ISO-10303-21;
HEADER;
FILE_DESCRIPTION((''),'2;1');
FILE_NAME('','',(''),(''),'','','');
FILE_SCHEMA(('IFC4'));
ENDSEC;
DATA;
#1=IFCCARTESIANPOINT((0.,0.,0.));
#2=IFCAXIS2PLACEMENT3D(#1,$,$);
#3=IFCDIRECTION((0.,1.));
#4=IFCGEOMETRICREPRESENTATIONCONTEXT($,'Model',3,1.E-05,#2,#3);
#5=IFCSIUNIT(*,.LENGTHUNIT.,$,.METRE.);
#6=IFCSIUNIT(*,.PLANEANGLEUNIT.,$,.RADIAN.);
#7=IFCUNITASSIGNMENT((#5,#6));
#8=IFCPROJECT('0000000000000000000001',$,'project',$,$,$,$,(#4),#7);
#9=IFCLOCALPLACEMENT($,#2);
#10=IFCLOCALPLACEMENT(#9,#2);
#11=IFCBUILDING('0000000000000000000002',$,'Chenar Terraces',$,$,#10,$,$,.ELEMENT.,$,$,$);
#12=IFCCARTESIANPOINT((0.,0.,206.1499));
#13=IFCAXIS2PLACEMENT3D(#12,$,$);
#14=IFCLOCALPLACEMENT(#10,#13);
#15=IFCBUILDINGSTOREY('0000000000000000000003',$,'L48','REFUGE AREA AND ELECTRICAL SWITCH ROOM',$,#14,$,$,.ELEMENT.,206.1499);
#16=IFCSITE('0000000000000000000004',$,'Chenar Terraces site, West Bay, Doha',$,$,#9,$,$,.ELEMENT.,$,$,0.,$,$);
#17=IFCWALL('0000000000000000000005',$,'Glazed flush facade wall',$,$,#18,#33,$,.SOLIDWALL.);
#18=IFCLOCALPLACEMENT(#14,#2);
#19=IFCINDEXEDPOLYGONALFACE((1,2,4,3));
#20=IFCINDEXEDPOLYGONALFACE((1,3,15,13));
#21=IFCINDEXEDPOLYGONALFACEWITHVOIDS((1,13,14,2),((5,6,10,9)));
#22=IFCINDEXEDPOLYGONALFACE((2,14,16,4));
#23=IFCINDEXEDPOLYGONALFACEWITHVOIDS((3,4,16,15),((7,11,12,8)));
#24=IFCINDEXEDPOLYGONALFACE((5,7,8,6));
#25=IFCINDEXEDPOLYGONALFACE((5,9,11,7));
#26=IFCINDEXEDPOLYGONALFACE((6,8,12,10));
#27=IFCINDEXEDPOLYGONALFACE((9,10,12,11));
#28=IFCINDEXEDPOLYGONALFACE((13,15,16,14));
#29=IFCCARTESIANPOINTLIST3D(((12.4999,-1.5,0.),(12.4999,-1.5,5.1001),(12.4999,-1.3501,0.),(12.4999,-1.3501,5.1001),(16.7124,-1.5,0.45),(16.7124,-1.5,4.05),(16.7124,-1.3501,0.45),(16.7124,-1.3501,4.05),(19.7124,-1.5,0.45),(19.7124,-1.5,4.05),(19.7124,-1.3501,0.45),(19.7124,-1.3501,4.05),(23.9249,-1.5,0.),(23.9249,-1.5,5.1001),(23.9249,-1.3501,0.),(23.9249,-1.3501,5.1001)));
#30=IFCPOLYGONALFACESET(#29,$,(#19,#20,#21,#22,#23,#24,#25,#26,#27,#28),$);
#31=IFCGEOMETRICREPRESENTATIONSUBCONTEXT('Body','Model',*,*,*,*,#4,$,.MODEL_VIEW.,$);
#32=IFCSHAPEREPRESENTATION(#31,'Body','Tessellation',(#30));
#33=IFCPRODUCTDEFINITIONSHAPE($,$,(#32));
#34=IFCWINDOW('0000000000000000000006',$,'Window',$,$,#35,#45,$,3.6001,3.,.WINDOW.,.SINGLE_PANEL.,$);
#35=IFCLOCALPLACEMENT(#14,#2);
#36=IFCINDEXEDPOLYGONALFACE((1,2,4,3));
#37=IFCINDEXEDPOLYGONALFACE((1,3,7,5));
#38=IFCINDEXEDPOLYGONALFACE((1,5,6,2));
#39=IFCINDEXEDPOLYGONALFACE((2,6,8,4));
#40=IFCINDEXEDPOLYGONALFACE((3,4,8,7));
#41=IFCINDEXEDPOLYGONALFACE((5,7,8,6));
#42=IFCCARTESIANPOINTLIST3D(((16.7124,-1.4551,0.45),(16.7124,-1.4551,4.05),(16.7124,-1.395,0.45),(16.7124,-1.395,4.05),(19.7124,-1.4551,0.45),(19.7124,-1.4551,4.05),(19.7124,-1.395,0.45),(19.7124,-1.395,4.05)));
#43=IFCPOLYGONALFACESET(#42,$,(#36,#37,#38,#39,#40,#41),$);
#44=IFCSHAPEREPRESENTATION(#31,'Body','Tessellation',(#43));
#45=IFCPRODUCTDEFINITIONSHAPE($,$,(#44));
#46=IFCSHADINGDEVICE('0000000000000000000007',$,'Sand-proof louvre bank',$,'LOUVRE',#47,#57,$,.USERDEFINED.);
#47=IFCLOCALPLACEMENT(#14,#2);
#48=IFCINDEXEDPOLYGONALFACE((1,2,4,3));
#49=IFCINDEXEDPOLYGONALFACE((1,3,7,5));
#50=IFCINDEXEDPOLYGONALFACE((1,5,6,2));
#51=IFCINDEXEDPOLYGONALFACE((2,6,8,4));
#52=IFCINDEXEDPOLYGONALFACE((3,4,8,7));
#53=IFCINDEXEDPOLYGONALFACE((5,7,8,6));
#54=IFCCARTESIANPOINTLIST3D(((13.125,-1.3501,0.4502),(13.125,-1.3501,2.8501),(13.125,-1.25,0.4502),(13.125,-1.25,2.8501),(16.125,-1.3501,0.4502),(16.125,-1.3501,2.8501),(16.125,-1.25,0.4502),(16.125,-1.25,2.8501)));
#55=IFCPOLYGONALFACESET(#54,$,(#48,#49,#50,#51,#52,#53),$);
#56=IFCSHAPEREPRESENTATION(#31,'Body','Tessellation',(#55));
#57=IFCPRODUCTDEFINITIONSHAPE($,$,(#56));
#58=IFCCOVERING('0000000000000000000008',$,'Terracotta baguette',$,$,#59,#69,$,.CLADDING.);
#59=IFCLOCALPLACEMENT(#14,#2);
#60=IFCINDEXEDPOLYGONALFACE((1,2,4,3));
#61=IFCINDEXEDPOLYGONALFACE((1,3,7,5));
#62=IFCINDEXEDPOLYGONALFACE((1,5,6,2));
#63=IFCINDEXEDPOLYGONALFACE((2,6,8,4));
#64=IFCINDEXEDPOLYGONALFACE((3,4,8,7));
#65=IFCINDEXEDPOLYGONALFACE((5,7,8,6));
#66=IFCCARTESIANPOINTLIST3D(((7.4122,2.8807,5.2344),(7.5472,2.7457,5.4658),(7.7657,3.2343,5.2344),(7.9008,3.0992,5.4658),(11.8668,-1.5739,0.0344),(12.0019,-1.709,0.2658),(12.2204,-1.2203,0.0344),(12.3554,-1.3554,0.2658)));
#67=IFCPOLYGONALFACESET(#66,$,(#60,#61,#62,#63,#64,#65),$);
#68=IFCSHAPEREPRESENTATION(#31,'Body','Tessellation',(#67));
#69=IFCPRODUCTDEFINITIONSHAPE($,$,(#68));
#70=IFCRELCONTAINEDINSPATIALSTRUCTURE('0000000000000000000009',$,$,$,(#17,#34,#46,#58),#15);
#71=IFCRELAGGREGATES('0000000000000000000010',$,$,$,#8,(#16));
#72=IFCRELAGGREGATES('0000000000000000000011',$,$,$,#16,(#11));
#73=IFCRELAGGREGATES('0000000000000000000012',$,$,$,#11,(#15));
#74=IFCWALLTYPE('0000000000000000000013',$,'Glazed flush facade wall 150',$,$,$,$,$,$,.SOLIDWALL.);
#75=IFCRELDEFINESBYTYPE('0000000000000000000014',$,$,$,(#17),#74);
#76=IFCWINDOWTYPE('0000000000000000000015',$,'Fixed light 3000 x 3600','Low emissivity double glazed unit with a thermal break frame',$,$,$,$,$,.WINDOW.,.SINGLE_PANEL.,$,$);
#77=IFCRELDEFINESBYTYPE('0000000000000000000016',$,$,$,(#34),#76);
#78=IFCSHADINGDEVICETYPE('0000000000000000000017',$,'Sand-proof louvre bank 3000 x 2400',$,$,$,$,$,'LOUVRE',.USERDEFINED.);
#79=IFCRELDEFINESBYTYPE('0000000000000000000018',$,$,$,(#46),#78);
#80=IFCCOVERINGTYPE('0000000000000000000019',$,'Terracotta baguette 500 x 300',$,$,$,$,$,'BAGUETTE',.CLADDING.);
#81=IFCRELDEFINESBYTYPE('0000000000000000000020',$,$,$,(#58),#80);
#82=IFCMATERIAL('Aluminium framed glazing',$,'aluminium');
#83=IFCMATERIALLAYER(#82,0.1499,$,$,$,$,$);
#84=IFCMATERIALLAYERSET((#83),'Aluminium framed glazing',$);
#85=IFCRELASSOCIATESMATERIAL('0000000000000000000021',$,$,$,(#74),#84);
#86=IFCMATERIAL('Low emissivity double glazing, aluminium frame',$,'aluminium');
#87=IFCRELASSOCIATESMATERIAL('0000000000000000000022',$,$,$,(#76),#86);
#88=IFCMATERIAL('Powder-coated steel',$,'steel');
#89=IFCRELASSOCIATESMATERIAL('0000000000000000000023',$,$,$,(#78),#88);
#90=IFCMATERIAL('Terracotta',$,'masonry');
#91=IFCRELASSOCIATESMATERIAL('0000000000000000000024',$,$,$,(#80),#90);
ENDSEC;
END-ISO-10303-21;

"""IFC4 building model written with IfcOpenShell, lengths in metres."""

from ifc_helpers import new_model, si_unit, direction, frame, frame_2d, origin, origin_2d, place, context, subcontext, project, spatial, rectangle, extrude, material, layer, layer_set, material_profile, profile_set, type_object, element, fill, save


model = new_model("IFC4")

# Units and contexts
model_context = context("Model", 3, precision=1e-05, world=origin(), true_north=direction((0.0, 1.0)))
body_context = subcontext(model_context, "Body", "Model", "MODEL_VIEW")
ifc_project = project(units=[si_unit("LENGTHUNIT", "METRE"), si_unit("PLANEANGLEUNIT", "RADIAN")], contexts=[model_context])

# Site, building, storey
site_placement = place(None, origin())
site = spatial("IfcSite", under=ifc_project, at=site_placement, Name="Chenar Terraces site, West Bay, Doha", CompositionType="ELEMENT", RefElevation=0.0)
building_placement = place(site_placement, origin())
building = spatial("IfcBuilding", under=site, at=building_placement, Name="Chenar Terraces", CompositionType="ELEMENT")
storey_placement = place(building_placement, frame((0.0, 0.0, 206.1499)))
storey = spatial("IfcBuildingStorey", under=building, at=storey_placement, Name="L48", Description="REFUGE AREA AND ELECTRICAL SWITCH ROOM", CompositionType="ELEMENT", Elevation=206.1499)

# Wall, opening, window
ifc_material_1 = material(Name="Aluminium framed glazing", Category="aluminium")
ifc_layer_1 = layer(ifc_material_1, 0.1499)
ifc_layer_set_1 = layer_set([ifc_layer_1], Name="Aluminium framed glazing")
wall_type_1 = type_object("IfcWallType", Name="Glazed flush facade wall 150", PredefinedType="SOLIDWALL", material=ifc_layer_set_1)
wall_1_placement = place(storey_placement, frame((12.5, -1.425, 0.0), z_axis=(0.0, 0.0, 1.0), x_axis=(1.0, 0.0, 0.0)))
wall_1 = element("IfcWall", 1, at=wall_1_placement, inside=storey, type_object=wall_type_1, Name="Glazed flush facade wall", PredefinedType="SOLIDWALL", context=body_context, shape_type="SweptSolid", body=[
    extrude(rectangle(XDim=11.425, YDim=0.1499, at=frame_2d((5.7124, 0.0))), origin(), (0.0, 0.0, 1.0), 5.1001),
])
opening_1_placement = place(wall_1_placement, frame((4.2124, 0.0, 0.45)))
opening_1 = element("IfcOpeningElement", 2, at=opening_1_placement, cuts=wall_1, PredefinedType="OPENING", context=body_context, shape_type="SweptSolid", body=[
    extrude(rectangle(XDim=3.0, YDim=3.6001, at=frame_2d((1.5, 1.8))), frame((0.0, 0.085, 0.0), z_axis=(0.0, -1.0, 0.0), x_axis=(1.0, 0.0, 0.0)), (0.0, 0.0, 1.0), 0.1699),
])
ifc_material_2 = material(Name="Low emissivity double glazing, aluminium frame", Category="aluminium")
window_type = type_object("IfcWindowType", Name="Fixed light 3000 x 3600", Description="Low emissivity double glazed unit with a thermal break frame", PartitioningType="SINGLE_PANEL", PredefinedType="WINDOW", material=ifc_material_2)
window_placement = place(opening_1_placement, origin())
window = element("IfcWindow", 3, at=window_placement, inside=storey, type_object=window_type, Name="Window", OverallHeight=3.6001, OverallWidth=3.0, PartitioningType="SINGLE_PANEL", PredefinedType="WINDOW", context=body_context, shape_type="SweptSolid", body=[
    extrude(rectangle(XDim=3.0, YDim=3.6001, at=frame_2d((1.5, 1.8))), frame((0.0, 0.03, 0.0), z_axis=(0.0, -1.0, 0.0), x_axis=(1.0, 0.0, 0.0)), (0.0, 0.0, 1.0), 0.0601),
])
fill(opening_1, window)

# Shading device
ifc_material_3 = material(Name="Powder-coated steel", Category="steel")
shading_device_type = type_object("IfcShadingDeviceType", Name="Sand-proof louvre bank 3000 x 2400", ElementType="LOUVRE", PredefinedType="USERDEFINED", material=ifc_material_3)
shading_device_placement = place(storey_placement, frame((14.625, -1.3, 0.4502), z_axis=(0.0, 0.0, 1.0), x_axis=(1.0, 0.0, 0.0)))
element("IfcShadingDevice", 4, at=shading_device_placement, inside=storey, type_object=shading_device_type, Name="Sand-proof louvre bank", ObjectType="LOUVRE", PredefinedType="USERDEFINED", context=body_context, shape_type="SweptSolid", body=[
    extrude(rectangle(XDim=3.0, YDim=0.1001, at=origin_2d()), origin(), (0.0, 0.0, 1.0), 2.3999),
])

# Covering
ifc_material_4 = material(Name="Terracotta", Category="masonry")
ifc_material_profile = material_profile(ifc_material_4, rectangle(XDim=0.5, YDim=0.3, at=origin_2d()), Name="Terracotta baguette 500 x 300")
ifc_profile_set = profile_set([ifc_material_profile], Name="Terracotta")
covering_type = type_object("IfcCoveringType", Name="Terracotta baguette 500 x 300", ElementType="BAGUETTE", PredefinedType="CLADDING", material=ifc_profile_set)
covering_placement = place(storey_placement, frame((7.6565, 2.99, 5.3501), z_axis=(0.54533, -0.54533, -0.636577), x_axis=(0.707107, 0.707107, 0.0)))
element("IfcCovering", 5, at=covering_placement, inside=storey, type_object=covering_type, Name="Terracotta baguette", PredefinedType="CLADDING", context=body_context, shape_type="SweptSolid", body=[
    extrude(rectangle(XDim=0.5, YDim=0.3, at=origin_2d()), origin(), (0.0, 0.0, 1.0), 8.1687),
])

save(model, "model.ifc")
